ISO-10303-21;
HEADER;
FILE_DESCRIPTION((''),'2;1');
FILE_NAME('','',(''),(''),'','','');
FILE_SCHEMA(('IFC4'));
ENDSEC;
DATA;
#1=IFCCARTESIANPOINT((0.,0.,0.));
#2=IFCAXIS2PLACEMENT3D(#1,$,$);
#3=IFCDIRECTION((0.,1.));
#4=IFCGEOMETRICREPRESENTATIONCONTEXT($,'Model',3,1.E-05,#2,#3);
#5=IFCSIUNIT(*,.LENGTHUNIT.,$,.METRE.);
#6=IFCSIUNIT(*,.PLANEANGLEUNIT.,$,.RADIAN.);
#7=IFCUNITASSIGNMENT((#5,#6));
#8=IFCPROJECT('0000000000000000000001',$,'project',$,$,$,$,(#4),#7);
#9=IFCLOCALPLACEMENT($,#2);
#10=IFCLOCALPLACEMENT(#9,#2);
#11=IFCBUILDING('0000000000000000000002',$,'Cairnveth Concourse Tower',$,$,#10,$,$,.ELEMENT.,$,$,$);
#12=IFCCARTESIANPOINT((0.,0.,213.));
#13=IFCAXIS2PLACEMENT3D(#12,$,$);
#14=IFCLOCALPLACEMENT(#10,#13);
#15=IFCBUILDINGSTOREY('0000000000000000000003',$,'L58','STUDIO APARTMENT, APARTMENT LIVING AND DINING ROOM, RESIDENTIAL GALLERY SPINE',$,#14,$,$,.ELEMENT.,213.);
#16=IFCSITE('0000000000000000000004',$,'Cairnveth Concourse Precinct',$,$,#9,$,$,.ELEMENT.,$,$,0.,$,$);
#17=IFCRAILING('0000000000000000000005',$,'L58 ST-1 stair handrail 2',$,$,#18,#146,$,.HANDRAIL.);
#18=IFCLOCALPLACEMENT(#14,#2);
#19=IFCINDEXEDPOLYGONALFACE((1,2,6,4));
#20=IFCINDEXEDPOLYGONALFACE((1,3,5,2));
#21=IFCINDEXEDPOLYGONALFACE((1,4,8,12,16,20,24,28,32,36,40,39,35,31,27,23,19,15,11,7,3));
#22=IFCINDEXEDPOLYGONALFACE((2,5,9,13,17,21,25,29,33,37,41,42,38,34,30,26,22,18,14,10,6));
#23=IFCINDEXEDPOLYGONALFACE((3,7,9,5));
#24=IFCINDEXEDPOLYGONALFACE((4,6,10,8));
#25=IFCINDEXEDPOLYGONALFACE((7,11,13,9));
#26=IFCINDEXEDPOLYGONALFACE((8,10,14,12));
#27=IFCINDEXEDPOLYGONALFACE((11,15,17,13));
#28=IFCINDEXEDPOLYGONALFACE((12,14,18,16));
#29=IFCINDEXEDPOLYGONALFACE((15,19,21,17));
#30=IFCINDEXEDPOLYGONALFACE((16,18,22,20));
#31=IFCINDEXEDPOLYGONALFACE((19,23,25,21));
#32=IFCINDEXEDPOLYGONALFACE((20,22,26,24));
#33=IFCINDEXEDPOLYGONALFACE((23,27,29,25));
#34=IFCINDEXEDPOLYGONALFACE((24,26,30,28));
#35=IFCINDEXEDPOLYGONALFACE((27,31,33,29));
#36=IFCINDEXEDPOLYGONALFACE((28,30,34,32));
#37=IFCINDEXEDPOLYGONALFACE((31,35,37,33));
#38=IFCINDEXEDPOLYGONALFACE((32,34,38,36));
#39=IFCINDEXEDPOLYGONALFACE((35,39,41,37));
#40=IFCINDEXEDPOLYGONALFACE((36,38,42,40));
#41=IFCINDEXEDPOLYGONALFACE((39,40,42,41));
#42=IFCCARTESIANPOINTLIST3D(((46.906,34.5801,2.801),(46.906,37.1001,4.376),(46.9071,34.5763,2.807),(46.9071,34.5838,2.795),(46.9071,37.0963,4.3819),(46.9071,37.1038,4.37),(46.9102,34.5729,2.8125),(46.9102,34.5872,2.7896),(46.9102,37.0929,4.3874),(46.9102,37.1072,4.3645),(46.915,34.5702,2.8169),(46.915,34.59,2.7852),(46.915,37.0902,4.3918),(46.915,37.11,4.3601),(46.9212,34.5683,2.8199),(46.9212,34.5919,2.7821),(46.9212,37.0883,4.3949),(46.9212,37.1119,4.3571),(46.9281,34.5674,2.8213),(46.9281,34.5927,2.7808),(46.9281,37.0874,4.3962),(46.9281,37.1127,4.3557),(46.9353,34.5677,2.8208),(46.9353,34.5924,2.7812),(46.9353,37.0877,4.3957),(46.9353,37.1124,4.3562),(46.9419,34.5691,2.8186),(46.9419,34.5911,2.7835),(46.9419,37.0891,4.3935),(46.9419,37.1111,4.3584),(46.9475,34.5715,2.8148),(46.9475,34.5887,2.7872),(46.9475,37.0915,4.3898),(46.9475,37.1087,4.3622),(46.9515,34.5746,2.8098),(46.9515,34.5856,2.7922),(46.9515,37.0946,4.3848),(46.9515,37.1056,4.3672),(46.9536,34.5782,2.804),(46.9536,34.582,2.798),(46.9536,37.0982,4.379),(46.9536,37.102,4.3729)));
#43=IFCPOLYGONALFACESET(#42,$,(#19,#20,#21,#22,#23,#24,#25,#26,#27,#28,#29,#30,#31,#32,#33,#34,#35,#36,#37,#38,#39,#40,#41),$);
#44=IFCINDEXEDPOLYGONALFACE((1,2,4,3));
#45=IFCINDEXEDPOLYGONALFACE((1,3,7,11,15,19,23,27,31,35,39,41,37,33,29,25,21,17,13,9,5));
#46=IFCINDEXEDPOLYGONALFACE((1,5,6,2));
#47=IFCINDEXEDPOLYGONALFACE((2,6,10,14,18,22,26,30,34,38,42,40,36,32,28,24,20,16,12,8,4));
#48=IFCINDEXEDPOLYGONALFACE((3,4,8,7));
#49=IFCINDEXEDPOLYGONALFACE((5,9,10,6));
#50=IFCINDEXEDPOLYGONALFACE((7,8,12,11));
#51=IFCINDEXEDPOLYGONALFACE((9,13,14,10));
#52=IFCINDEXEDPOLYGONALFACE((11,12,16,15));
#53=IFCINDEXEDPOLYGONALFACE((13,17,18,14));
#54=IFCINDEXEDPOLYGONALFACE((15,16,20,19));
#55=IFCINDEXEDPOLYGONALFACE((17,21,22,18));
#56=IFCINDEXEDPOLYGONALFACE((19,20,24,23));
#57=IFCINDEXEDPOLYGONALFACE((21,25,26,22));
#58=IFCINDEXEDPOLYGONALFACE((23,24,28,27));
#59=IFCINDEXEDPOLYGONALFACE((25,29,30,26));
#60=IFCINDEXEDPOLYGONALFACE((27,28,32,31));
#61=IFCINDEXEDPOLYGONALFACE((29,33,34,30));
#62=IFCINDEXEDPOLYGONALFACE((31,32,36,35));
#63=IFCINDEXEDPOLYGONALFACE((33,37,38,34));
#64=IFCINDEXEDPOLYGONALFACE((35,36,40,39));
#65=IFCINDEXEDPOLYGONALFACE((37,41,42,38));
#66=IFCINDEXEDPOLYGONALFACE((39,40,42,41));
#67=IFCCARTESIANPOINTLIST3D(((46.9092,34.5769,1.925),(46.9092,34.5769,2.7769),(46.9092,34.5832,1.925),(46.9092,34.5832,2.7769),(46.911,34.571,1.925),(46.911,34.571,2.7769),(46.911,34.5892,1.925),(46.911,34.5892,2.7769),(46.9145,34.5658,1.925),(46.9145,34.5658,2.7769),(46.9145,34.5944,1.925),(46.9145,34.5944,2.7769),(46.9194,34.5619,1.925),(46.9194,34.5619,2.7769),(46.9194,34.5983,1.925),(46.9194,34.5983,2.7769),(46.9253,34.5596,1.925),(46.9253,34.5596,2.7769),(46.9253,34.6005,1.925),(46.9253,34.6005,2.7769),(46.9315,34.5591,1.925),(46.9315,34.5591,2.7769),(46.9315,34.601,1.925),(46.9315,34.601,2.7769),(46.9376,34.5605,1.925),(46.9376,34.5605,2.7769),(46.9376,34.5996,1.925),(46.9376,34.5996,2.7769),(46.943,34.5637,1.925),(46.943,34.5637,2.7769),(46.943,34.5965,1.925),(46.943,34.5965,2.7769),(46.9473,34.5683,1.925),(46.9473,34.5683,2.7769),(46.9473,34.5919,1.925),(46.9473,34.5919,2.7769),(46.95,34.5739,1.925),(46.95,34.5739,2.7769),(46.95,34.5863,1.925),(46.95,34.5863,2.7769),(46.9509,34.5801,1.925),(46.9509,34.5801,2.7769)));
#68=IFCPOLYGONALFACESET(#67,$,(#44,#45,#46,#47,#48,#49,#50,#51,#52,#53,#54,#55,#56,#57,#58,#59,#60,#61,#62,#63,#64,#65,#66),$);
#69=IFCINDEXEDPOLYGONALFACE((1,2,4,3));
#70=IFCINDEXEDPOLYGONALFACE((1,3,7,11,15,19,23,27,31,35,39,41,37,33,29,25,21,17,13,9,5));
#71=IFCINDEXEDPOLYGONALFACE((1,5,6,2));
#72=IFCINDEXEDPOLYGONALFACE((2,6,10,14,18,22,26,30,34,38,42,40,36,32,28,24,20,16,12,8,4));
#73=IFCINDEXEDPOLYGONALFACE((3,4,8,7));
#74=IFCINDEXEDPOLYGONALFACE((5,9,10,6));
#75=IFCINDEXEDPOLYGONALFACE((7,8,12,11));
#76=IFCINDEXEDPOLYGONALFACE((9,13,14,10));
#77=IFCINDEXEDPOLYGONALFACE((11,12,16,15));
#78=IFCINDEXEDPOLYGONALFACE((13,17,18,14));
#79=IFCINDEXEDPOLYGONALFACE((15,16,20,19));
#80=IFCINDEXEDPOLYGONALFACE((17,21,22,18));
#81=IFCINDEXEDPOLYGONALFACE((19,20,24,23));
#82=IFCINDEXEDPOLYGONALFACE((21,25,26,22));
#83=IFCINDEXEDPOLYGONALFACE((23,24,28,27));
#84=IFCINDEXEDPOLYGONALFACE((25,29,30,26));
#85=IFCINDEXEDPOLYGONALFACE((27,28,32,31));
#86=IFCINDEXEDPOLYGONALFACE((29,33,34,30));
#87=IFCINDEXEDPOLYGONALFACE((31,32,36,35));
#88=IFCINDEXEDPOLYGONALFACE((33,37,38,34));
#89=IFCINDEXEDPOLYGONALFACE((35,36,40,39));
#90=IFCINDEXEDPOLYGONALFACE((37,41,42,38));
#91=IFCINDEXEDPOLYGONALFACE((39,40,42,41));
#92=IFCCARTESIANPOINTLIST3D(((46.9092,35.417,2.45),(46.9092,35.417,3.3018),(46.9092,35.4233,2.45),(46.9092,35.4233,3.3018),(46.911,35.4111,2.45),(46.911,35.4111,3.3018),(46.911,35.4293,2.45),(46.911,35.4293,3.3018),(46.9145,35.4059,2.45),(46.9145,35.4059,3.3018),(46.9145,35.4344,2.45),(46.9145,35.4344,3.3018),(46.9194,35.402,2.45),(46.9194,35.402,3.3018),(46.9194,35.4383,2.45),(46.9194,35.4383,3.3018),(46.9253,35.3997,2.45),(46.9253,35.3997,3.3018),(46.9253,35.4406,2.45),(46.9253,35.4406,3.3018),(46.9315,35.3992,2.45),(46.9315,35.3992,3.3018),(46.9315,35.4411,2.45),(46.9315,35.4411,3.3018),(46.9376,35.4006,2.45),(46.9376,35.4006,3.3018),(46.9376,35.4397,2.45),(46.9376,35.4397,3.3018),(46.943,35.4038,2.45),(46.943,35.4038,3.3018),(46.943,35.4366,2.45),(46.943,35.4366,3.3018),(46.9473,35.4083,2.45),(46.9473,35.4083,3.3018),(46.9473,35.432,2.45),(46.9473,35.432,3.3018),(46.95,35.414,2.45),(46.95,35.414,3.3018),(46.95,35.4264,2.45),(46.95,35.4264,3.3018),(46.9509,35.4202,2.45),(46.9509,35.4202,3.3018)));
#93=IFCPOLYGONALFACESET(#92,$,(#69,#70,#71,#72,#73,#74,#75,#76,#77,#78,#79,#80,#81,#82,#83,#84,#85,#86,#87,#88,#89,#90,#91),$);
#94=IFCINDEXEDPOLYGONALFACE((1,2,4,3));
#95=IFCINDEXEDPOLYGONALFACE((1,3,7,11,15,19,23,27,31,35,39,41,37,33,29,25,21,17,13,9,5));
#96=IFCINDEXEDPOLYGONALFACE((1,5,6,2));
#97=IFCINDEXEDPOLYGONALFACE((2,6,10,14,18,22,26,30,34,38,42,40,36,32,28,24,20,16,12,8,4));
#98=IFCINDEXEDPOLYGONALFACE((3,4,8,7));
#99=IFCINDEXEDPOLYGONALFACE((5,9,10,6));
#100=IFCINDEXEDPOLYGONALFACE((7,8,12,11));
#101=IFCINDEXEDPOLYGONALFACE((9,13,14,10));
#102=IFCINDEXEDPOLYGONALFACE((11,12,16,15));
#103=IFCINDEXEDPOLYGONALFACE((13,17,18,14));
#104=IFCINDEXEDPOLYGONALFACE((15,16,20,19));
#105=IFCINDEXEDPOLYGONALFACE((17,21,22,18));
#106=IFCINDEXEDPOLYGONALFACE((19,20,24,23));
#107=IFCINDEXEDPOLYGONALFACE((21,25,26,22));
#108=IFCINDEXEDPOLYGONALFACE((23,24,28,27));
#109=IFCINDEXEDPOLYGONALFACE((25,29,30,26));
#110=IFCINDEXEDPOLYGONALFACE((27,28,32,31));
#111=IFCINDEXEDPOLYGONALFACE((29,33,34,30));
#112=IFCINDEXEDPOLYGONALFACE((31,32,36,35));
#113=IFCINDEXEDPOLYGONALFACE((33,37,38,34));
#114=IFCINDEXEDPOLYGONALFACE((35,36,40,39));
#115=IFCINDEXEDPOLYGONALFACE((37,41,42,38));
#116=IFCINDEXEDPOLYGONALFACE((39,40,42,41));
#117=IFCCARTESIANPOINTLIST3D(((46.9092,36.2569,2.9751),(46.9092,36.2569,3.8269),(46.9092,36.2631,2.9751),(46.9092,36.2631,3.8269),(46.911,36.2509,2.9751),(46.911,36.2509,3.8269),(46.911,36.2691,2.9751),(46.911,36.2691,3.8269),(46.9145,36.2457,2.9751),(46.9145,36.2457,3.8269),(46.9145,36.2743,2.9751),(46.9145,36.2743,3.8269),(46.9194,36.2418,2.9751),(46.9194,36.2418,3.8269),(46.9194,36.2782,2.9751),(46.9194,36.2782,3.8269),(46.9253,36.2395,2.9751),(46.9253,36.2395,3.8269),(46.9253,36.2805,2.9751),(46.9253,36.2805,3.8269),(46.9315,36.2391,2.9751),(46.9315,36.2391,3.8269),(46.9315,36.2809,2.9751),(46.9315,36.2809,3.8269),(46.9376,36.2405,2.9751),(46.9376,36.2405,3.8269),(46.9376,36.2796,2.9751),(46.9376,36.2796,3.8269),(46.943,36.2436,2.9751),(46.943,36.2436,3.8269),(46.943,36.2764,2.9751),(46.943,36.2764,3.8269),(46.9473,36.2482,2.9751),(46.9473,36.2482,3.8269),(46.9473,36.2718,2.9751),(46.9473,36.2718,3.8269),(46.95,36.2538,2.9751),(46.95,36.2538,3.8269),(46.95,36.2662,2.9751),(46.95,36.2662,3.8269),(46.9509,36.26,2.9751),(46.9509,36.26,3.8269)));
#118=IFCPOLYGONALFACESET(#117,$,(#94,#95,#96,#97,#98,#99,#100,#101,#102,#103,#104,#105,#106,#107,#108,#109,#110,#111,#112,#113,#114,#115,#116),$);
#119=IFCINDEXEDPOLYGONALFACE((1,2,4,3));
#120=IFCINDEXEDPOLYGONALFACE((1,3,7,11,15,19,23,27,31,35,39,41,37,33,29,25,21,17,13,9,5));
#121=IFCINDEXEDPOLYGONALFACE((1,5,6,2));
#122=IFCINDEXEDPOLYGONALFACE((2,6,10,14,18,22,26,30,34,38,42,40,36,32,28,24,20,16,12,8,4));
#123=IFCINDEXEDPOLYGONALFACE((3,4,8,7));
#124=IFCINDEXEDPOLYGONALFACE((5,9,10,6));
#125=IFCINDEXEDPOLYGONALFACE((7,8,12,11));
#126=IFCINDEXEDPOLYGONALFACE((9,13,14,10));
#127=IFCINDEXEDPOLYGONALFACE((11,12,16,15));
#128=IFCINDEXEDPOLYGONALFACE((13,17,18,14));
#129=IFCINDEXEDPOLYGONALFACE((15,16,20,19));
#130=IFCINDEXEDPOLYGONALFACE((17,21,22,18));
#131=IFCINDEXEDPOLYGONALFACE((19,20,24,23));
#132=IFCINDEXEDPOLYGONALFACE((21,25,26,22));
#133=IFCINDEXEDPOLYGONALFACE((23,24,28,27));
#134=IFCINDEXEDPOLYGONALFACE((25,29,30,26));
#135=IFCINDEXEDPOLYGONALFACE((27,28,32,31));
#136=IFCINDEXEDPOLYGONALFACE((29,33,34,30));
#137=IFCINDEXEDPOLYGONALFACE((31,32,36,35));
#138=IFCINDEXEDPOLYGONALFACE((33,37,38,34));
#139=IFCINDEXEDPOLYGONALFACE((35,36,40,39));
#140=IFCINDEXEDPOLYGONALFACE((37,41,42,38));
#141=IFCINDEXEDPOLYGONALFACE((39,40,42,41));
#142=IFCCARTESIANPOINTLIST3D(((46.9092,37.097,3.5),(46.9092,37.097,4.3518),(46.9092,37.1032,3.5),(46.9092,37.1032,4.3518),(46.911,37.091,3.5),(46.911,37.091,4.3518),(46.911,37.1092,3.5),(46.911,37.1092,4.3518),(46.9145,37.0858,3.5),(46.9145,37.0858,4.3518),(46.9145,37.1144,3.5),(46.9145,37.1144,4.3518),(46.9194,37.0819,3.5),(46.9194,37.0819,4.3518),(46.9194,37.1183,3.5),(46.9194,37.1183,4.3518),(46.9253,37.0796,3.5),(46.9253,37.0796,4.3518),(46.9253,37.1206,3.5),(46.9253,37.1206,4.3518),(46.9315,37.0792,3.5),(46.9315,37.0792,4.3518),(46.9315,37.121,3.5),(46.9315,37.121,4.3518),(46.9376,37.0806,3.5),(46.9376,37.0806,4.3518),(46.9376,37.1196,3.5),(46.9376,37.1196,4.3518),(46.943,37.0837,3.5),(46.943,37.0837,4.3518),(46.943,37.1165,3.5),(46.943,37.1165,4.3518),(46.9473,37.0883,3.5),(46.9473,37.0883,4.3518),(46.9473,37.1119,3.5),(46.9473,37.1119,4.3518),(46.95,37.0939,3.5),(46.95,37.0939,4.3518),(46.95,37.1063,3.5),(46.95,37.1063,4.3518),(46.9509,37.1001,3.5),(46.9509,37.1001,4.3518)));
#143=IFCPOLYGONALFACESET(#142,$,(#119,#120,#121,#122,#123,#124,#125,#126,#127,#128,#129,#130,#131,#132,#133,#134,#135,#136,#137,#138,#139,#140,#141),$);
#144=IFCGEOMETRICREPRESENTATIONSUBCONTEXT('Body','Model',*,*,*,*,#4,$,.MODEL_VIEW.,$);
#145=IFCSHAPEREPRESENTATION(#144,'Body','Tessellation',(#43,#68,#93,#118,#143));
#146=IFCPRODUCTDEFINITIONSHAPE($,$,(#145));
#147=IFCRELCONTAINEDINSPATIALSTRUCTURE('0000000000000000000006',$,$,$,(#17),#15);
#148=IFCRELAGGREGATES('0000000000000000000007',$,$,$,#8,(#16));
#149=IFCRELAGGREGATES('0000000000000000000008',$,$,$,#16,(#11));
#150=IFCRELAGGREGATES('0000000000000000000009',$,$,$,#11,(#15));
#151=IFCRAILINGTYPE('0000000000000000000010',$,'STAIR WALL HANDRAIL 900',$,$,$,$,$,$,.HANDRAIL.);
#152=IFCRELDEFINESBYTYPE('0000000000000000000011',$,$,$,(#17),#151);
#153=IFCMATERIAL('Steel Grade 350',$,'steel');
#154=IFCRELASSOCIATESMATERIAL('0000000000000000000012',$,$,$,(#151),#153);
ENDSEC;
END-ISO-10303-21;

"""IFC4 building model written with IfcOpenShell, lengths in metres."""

from ifc_helpers import new_model, si_unit, direction, frame, origin, origin_2d, place, context, subcontext, project, spatial, circle, extrude, material, type_object, element, save


model = new_model("IFC4")

# Units and contexts
model_context = context("Model", 3, precision=1e-05, world=origin(), true_north=direction((0.0, 1.0)))
body_context = subcontext(model_context, "Body", "Model", "MODEL_VIEW")
ifc_project = project(units=[si_unit("LENGTHUNIT", "METRE"), si_unit("PLANEANGLEUNIT", "RADIAN")], contexts=[model_context])

# Site, building, storey
site_placement = place(None, origin())
site = spatial("IfcSite", under=ifc_project, at=site_placement, Name="Cairnveth Concourse Precinct", CompositionType="ELEMENT", RefElevation=0.0)
building_placement = place(site_placement, origin())
building = spatial("IfcBuilding", under=site, at=building_placement, Name="Cairnveth Concourse Tower", CompositionType="ELEMENT")
storey_placement = place(building_placement, frame((0.0, 0.0, 213.0)))
storey = spatial("IfcBuildingStorey", under=building, at=storey_placement, Name="L58", Description="STUDIO APARTMENT, APARTMENT LIVING AND DINING ROOM, RESIDENTIAL GALLERY SPINE", CompositionType="ELEMENT", Elevation=213.0)

# Railing
ifc_material_1 = material(Name="Steel Grade 350", Category="steel")
railing_type_1 = type_object("IfcRailingType", Name="STAIR WALL HANDRAIL 900", PredefinedType="HANDRAIL", material=ifc_material_1)
railing_1_placement = place(storey_placement, frame((46.9299, 34.5801, 1.925)))
element("IfcRailing", 1, at=railing_1_placement, inside=storey, type_object=railing_type_1, Name="L58 ST-1 stair handrail 2", PredefinedType="HANDRAIL", context=body_context, shape_type="SweptSolid", body=[
    extrude(circle(Radius=0.0239, at=origin_2d()), frame((0.0, 0.0, 0.876), z_axis=(0.0, 0.848008, 0.529984), x_axis=(-1.0, 0.0, 0.0)), (0.0, 0.0, 1.0), 2.9717),
    extrude(circle(Radius=0.021, at=origin_2d()), origin(), (0.0, 0.0, 1.0), 0.8518),
    extrude(circle(Radius=0.021, at=origin_2d()), frame((0.0, 0.8401, 0.5249)), (0.0, 0.0, 1.0), 0.8518),
    extrude(circle(Radius=0.021, at=origin_2d()), frame((0.0, 1.6799, 1.05)), (0.0, 0.0, 1.0), 0.8518),
    extrude(circle(Radius=0.021, at=origin_2d()), frame((0.0, 2.52, 1.575)), (0.0, 0.0, 1.0), 0.8518),
])

save(model, "model.ifc")
